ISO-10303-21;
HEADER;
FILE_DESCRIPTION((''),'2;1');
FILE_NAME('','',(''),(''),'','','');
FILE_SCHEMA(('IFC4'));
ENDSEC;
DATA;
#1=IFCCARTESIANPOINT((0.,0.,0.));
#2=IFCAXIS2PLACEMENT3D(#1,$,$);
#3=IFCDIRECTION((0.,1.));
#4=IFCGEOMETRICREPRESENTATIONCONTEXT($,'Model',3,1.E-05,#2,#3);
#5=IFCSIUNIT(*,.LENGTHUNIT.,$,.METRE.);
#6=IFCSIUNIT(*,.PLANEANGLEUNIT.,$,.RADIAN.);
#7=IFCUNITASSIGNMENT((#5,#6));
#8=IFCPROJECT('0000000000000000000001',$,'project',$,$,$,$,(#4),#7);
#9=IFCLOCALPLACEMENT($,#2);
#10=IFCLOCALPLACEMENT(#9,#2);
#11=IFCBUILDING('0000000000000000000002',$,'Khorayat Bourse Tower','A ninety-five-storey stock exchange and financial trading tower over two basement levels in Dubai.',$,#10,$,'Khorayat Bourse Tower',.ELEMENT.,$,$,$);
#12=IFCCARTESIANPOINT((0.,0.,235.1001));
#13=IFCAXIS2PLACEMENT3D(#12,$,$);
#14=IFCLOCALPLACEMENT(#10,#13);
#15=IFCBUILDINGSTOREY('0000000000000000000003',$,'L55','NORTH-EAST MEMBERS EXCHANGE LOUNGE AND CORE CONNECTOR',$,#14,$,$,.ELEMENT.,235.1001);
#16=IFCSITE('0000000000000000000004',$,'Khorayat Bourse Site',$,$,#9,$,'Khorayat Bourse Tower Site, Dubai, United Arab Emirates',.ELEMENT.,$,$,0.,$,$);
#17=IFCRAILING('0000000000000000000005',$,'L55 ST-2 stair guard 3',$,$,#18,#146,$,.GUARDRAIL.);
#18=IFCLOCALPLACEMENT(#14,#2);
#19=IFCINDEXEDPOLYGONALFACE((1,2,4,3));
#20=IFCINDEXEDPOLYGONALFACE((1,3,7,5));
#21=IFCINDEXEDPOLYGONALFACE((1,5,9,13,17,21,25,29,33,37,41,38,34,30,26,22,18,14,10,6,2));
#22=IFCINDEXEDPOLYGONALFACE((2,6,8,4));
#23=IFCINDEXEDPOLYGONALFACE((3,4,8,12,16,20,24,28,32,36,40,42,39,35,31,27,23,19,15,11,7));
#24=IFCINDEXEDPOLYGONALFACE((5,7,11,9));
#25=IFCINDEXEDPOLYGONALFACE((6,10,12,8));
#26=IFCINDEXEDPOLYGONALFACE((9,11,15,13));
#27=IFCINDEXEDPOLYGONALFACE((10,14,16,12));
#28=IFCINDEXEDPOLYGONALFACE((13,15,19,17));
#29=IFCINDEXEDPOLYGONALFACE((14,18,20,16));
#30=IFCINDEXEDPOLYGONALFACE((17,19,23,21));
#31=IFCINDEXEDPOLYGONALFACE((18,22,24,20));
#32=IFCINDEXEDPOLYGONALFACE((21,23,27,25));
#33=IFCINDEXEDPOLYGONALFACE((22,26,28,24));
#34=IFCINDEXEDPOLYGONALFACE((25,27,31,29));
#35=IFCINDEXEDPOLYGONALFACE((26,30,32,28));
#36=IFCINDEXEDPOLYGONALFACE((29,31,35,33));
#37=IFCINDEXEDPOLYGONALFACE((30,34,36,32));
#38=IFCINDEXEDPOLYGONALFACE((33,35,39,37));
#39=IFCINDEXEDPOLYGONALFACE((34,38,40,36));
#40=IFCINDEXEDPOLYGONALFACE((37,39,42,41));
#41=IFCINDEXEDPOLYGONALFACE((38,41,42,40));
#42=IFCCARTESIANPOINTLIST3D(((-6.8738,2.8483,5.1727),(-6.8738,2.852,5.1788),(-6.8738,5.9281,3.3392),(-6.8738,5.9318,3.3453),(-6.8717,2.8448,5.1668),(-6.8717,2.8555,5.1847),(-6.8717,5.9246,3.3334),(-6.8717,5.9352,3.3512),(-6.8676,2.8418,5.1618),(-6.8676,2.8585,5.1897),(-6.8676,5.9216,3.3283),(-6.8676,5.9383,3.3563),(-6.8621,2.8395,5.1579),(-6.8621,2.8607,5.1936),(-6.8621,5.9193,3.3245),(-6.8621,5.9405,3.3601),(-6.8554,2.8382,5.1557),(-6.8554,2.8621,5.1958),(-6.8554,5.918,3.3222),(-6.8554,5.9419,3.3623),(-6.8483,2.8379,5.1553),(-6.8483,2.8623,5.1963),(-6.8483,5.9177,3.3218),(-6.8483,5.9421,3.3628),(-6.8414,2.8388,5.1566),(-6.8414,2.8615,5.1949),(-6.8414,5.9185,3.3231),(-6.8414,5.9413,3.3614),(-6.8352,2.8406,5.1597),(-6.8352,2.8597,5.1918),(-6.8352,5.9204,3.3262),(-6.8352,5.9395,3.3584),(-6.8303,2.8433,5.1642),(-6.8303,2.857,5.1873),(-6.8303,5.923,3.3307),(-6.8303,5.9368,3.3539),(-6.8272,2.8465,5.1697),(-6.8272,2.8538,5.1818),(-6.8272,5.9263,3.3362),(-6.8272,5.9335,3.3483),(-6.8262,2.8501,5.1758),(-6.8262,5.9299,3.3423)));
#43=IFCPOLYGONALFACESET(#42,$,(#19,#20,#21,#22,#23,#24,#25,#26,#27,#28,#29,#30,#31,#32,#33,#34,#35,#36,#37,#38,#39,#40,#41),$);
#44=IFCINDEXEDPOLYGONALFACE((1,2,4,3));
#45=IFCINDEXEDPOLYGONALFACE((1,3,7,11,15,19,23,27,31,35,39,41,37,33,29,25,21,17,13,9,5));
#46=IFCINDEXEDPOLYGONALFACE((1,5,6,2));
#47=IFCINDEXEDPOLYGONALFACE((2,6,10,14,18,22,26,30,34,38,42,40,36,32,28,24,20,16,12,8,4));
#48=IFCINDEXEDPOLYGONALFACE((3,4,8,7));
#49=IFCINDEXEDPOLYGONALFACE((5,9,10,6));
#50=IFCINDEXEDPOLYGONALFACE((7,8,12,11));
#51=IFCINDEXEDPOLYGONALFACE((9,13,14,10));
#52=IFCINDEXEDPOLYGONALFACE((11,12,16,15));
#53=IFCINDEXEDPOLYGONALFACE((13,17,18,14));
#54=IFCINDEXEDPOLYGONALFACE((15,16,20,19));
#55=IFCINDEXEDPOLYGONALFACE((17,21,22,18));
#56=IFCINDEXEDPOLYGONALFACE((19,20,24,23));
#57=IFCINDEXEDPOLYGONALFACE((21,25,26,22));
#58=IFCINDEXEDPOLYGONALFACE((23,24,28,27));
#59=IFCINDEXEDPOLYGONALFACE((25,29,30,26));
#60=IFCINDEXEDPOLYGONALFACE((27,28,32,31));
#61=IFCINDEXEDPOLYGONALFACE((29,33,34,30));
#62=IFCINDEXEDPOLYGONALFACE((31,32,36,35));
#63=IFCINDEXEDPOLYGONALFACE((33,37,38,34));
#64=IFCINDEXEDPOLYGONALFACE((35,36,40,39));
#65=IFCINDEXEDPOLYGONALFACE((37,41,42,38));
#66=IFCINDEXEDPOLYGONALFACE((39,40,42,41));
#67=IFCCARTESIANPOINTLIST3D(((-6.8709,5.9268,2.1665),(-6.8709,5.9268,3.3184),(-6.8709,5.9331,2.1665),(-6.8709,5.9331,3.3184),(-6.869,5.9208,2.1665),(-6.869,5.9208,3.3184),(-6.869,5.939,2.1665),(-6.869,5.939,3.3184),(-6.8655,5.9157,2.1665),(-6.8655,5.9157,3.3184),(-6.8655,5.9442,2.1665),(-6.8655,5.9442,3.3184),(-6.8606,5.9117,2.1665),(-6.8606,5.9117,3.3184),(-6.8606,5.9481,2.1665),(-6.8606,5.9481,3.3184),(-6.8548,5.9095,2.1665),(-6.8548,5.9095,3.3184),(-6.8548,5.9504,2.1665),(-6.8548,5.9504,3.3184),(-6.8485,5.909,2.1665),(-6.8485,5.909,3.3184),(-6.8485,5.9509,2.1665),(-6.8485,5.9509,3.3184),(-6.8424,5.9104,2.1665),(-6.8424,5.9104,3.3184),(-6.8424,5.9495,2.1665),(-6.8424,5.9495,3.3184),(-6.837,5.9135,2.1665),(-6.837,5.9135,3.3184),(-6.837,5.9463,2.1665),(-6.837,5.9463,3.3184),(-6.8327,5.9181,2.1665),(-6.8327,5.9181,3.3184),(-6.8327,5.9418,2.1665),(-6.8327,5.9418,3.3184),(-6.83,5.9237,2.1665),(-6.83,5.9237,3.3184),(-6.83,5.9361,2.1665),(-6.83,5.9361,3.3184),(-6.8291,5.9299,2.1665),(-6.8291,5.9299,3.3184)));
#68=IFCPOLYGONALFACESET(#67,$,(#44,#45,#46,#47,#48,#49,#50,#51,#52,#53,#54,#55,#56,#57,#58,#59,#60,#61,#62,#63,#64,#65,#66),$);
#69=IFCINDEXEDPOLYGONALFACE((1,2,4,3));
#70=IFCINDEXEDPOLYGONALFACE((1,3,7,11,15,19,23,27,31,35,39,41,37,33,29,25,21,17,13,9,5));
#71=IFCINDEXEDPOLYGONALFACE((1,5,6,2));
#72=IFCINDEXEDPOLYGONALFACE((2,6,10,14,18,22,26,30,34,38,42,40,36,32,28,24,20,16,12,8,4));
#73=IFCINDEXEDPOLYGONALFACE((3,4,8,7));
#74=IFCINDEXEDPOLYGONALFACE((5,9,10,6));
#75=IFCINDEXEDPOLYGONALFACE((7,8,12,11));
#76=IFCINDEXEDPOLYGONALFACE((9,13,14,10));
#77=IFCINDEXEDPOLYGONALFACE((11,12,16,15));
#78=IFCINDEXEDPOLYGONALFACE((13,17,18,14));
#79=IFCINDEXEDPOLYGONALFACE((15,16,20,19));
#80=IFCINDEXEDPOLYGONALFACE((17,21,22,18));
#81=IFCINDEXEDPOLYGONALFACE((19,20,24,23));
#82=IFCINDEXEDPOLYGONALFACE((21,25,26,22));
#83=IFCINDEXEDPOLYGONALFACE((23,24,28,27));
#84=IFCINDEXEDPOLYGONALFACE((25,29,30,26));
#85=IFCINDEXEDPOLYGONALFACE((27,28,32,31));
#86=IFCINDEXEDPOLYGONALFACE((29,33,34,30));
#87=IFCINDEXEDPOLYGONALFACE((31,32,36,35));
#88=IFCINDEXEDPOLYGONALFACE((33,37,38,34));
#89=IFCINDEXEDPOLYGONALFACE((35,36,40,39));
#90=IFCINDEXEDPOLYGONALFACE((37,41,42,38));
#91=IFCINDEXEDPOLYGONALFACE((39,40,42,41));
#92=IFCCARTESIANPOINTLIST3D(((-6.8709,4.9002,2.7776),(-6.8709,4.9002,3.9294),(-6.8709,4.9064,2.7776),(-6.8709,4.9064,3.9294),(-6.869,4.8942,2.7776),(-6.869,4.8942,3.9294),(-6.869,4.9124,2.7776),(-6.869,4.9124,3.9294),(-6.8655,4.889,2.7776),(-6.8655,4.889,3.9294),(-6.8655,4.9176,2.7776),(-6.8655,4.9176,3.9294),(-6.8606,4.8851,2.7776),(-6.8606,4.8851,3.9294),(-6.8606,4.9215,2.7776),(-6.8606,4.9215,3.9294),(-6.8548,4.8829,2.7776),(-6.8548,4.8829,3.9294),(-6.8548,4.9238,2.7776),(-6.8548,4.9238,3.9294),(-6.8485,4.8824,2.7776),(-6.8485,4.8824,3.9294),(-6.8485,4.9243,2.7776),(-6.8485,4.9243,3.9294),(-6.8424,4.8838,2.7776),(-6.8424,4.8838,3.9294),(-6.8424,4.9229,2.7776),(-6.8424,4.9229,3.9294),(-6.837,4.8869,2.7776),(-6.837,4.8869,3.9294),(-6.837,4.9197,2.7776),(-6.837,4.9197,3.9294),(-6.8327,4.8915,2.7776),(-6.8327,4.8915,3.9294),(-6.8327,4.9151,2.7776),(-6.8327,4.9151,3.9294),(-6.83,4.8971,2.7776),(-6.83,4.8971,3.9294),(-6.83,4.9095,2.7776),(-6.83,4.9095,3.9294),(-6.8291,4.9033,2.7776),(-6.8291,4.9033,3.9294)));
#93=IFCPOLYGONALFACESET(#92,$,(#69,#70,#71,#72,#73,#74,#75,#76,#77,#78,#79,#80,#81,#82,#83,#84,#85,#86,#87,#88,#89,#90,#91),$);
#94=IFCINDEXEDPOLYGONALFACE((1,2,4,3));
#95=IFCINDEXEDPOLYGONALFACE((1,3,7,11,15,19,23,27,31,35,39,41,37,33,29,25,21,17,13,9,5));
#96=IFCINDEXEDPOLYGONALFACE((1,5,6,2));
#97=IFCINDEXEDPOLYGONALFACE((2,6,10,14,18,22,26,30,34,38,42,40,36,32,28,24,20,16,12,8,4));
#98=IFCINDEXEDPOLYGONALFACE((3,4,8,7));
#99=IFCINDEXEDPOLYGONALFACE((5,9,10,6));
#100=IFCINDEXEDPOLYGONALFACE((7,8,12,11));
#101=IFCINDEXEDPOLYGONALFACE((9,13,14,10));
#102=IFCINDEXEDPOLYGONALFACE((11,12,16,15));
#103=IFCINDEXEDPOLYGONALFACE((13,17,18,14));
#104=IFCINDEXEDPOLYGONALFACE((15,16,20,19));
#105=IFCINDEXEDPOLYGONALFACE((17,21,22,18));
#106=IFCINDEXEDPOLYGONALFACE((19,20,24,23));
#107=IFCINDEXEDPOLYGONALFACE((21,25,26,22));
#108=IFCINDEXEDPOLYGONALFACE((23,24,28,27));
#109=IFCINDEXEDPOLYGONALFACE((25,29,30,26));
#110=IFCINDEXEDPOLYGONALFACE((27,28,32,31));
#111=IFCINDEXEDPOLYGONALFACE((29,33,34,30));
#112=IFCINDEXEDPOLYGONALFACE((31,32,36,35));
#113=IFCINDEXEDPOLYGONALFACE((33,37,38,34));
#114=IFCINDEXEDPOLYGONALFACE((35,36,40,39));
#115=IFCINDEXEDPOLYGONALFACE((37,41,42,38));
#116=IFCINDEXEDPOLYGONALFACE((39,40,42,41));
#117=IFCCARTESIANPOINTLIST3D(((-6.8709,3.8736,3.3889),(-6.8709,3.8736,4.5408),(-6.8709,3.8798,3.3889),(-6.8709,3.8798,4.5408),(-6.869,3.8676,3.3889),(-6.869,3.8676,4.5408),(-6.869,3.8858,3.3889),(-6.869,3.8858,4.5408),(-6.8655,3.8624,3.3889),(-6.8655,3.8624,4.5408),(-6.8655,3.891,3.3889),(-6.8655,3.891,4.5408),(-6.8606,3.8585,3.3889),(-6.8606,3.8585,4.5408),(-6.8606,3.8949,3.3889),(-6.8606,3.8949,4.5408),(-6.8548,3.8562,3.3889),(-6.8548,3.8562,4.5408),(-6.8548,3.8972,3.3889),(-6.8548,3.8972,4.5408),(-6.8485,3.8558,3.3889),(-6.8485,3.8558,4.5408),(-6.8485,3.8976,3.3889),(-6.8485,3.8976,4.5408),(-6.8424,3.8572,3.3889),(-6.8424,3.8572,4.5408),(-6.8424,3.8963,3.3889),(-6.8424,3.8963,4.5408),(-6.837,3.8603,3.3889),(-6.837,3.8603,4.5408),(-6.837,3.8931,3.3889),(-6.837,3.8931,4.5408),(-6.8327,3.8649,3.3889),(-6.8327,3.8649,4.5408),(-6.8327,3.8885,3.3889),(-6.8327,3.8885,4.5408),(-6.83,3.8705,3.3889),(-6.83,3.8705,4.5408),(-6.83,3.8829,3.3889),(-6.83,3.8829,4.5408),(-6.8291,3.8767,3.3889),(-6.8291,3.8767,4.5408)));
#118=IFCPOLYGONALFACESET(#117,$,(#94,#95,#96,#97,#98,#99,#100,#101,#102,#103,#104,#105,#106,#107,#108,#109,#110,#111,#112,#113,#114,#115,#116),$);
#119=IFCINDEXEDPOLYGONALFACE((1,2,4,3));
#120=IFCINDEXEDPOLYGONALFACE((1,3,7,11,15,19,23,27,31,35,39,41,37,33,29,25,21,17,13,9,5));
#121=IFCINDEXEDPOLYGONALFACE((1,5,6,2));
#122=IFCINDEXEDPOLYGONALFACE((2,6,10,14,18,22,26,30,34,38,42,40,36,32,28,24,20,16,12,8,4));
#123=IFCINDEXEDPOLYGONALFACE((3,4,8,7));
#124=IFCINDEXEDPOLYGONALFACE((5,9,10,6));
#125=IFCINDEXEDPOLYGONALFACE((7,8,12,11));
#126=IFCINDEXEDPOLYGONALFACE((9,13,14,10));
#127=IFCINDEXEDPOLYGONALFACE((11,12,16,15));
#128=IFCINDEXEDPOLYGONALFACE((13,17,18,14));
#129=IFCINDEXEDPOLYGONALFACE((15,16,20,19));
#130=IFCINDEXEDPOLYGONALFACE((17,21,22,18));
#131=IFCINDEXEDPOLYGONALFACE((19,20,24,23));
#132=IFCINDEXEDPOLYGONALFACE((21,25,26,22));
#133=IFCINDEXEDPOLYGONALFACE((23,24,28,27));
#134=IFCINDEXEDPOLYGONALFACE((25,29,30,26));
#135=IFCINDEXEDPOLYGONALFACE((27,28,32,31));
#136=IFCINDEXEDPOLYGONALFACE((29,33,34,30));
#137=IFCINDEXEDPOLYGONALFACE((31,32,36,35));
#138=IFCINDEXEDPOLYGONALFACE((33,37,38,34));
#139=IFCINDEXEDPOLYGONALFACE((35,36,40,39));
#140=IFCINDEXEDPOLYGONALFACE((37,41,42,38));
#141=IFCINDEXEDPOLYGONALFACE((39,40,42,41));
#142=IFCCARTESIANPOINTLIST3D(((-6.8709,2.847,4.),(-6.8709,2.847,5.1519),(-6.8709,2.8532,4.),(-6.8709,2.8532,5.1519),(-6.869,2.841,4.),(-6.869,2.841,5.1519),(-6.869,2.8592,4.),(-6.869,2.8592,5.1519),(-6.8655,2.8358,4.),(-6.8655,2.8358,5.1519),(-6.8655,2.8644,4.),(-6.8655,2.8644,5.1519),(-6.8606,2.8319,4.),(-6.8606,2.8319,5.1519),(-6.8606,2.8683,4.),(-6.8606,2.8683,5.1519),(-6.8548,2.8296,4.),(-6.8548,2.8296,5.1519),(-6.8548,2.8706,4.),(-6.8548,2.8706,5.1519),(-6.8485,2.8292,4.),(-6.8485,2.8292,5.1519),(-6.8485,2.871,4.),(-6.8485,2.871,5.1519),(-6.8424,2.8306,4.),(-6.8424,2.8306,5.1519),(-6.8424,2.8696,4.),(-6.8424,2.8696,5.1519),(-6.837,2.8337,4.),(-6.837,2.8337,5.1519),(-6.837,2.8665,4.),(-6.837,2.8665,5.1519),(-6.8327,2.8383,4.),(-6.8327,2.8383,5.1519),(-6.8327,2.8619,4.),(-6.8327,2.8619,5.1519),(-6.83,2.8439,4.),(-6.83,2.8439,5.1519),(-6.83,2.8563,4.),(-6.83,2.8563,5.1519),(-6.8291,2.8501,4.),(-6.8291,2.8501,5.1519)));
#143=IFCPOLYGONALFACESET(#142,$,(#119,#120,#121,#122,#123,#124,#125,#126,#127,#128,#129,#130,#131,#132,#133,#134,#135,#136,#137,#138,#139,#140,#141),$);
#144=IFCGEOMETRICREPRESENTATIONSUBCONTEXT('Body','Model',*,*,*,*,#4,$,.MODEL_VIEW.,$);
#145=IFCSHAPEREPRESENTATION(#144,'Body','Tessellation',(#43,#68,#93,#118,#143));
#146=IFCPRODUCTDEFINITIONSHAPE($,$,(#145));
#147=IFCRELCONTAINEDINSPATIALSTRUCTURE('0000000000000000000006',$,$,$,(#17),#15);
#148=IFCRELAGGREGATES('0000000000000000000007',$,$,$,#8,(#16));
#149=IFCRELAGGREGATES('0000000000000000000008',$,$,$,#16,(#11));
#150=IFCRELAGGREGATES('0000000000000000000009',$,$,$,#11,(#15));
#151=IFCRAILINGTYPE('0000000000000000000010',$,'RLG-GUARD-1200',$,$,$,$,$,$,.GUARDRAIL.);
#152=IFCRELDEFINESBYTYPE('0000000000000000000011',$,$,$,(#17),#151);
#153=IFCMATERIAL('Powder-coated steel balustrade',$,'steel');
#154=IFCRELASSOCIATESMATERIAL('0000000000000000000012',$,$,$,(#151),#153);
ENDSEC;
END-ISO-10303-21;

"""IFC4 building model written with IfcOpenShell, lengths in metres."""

from ifc_helpers import new_model, si_unit, direction, frame, origin, origin_2d, place, context, subcontext, project, spatial, circle, extrude, source, transform, mapped, material, type_object, element, save


model = new_model("IFC4")

# Units and contexts
model_context = context("Model", 3, precision=1e-05, world=origin(), true_north=direction((0.0, 1.0)))
body_context = subcontext(model_context, "Body", "Model", "MODEL_VIEW")
ifc_project = project(units=[si_unit("LENGTHUNIT", "METRE"), si_unit("PLANEANGLEUNIT", "RADIAN")], contexts=[model_context])

# Site, building, storey
site_placement = place(None, origin())
site = spatial("IfcSite", under=ifc_project, at=site_placement, Name="Khorayat Bourse Site", LongName="Khorayat Bourse Tower Site, Dubai, United Arab Emirates", CompositionType="ELEMENT", RefElevation=0.0)
building_placement = place(site_placement, origin())
building = spatial("IfcBuilding", under=site, at=building_placement, Name="Khorayat Bourse Tower", Description="A ninety-five-storey stock exchange and financial trading tower over two basement levels in Dubai.", LongName="Khorayat Bourse Tower", CompositionType="ELEMENT")
storey_placement = place(building_placement, frame((0.0, 0.0, 235.1001)))
storey = spatial("IfcBuildingStorey", under=building, at=storey_placement, Name="L55", Description="NORTH-EAST MEMBERS EXCHANGE LOUNGE AND CORE CONNECTOR", CompositionType="ELEMENT", Elevation=235.1001)

# Railing
ifc_material_1 = material(Name="Powder-coated steel balustrade", Category="steel")
railing_type_1 = type_object("IfcRailingType", Name="RLG-GUARD-1200", PredefinedType="GUARDRAIL", material=ifc_material_1)
shared_shape_1 = source(origin(), body_context, "Body", "SweptSolid", [
    extrude(circle(Radius=0.0239, at=origin_2d()), frame((0.0, 0.0, 1.1758), z_axis=(0.0, -0.859261, 0.511538), x_axis=(1.0, 0.0, 0.0)), (0.0, 0.0, 1.0), 3.5842),
    extrude(circle(Radius=0.021, at=origin_2d()), origin(), (0.0, 0.0, 1.0), 1.1519),
    extrude(circle(Radius=0.021, at=origin_2d()), frame((0.0, -1.0266, 0.6111)), (0.0, 0.0, 1.0), 1.1519),
    extrude(circle(Radius=0.021, at=origin_2d()), frame((0.0, -2.0532, 1.2224)), (0.0, 0.0, 1.0), 1.1519),
    extrude(circle(Radius=0.021, at=origin_2d()), frame((0.0, -3.0798, 1.8335)), (0.0, 0.0, 1.0), 1.1519),
])
railing_1_placement = place(storey_placement, frame((-6.8501, 5.9299, 2.1665)))
element("IfcRailing", 1, at=railing_1_placement, inside=storey, type_object=railing_type_1, Name="L55 ST-2 stair guard 3", PredefinedType="GUARDRAIL", context=body_context, shape_type="MappedRepresentation", body=[
    mapped(shared_shape_1, transform((0.0, 0.0, 0.0), scale=1.0)),
])

save(model, "model.ifc")
